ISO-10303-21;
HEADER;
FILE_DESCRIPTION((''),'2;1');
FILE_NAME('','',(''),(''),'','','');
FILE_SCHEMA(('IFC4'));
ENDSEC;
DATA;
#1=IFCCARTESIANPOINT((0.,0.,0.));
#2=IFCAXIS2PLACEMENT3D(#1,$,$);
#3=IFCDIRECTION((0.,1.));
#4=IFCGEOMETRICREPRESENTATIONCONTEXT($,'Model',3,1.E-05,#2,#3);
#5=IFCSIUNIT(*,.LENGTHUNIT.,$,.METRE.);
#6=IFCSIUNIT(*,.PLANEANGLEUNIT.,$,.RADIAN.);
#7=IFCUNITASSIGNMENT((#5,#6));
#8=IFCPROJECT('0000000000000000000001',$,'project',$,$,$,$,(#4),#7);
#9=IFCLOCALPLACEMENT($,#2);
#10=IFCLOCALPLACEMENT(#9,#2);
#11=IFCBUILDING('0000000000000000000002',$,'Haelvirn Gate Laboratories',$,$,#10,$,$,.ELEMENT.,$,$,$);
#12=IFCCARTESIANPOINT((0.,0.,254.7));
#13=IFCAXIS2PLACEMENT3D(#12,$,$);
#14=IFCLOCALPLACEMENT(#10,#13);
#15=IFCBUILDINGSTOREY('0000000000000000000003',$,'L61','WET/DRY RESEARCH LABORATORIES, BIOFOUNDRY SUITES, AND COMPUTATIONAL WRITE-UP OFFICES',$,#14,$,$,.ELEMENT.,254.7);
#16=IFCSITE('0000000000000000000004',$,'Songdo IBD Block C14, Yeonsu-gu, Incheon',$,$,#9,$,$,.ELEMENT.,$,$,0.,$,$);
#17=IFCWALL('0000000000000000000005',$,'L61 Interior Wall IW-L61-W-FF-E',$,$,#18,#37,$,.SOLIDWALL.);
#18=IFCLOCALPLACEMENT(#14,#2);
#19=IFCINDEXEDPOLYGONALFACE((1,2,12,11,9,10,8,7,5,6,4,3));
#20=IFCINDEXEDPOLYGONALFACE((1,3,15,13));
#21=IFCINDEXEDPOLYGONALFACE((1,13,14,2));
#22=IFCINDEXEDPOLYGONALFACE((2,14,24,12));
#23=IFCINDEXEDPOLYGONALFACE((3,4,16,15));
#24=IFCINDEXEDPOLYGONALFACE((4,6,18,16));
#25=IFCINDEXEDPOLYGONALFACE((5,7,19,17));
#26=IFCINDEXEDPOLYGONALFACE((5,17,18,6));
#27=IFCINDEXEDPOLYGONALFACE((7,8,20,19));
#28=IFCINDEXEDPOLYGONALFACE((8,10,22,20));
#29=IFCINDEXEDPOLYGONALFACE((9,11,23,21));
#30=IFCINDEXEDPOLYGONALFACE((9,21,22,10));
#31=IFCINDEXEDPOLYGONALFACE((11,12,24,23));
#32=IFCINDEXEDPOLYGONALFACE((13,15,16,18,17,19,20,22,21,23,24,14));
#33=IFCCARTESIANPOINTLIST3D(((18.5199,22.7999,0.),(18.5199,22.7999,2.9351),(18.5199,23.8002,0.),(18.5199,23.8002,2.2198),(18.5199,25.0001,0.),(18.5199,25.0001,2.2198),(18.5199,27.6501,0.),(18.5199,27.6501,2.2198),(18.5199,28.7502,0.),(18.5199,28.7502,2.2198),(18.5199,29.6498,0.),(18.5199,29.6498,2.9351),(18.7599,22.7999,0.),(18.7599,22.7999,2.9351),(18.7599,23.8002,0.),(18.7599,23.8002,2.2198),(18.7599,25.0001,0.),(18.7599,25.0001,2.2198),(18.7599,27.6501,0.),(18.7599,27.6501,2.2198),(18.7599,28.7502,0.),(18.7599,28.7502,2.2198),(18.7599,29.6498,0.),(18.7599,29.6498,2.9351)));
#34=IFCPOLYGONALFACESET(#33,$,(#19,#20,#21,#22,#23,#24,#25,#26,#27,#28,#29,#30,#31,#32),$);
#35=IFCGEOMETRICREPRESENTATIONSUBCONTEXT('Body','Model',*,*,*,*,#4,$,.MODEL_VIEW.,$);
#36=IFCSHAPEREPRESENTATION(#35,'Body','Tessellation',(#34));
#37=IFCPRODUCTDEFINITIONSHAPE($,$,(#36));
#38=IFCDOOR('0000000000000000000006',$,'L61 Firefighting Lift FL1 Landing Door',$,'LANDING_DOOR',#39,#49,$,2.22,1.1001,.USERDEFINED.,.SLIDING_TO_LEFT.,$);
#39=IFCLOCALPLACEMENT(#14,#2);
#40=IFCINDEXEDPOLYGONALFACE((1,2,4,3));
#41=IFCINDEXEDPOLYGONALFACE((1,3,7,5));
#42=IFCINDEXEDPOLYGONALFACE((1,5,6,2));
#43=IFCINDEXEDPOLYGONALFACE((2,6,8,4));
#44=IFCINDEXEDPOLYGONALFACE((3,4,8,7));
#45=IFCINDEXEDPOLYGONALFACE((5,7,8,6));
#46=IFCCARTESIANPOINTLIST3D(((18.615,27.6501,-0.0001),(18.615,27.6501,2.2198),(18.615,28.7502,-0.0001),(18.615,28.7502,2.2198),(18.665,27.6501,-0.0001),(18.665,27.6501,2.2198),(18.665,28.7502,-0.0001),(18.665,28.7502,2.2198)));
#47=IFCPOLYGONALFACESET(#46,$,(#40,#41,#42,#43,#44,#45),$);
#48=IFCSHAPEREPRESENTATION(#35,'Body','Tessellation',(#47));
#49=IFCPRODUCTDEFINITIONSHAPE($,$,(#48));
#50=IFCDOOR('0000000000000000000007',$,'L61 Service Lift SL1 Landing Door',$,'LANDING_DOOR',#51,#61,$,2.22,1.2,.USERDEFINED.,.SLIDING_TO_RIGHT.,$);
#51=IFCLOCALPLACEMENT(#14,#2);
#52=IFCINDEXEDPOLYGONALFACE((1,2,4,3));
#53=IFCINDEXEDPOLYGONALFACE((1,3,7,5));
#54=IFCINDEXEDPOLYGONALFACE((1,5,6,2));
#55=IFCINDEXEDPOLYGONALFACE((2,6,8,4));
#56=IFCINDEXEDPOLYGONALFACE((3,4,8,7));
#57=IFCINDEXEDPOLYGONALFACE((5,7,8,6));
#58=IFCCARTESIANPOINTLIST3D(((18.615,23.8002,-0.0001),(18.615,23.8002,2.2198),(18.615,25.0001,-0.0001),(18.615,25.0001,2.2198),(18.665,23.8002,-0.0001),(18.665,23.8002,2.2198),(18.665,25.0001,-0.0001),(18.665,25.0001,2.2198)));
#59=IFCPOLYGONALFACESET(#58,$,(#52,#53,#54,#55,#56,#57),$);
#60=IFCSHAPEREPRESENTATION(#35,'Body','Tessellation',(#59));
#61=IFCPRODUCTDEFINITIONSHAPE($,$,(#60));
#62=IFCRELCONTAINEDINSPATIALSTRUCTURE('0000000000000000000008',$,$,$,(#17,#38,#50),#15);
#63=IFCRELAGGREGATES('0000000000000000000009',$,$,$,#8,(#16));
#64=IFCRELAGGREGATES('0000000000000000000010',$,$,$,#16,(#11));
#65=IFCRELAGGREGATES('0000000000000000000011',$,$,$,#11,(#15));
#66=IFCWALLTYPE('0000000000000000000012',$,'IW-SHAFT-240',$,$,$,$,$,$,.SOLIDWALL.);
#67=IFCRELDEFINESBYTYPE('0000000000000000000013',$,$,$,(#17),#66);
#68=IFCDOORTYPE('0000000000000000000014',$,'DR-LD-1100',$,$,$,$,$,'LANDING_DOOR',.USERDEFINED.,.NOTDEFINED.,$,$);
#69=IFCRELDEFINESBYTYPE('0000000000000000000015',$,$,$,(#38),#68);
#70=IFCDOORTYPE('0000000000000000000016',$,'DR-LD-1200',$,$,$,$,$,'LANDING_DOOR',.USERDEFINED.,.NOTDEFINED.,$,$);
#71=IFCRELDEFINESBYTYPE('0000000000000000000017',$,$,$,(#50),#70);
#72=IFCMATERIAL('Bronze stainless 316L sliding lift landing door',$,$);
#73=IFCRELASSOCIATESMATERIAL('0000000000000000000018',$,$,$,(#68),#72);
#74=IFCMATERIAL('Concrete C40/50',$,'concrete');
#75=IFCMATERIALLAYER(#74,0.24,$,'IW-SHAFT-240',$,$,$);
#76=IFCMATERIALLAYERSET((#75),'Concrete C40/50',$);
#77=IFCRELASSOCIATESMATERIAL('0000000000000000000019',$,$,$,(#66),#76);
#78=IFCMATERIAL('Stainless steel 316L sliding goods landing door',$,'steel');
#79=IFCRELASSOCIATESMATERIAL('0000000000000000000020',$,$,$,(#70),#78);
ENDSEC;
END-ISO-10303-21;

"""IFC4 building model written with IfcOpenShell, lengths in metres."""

from ifc_helpers import new_model, si_unit, direction, frame, frame_2d, origin, place, context, subcontext, project, spatial, rectangle, extrude, source, transform, mapped, material, layer, layer_set, type_object, type_shapes, element, fill, save


model = new_model("IFC4")

# Units and contexts
model_context = context("Model", 3, precision=1e-05, world=origin(), true_north=direction((0.0, 1.0)))
body_context = subcontext(model_context, "Body", "Model", "MODEL_VIEW")
ifc_project = project(units=[si_unit("LENGTHUNIT", "METRE"), si_unit("PLANEANGLEUNIT", "RADIAN")], contexts=[model_context])

# Site, building, storey
site_placement = place(None, origin())
site = spatial("IfcSite", under=ifc_project, at=site_placement, Name="Songdo IBD Block C14, Yeonsu-gu, Incheon", CompositionType="ELEMENT", RefElevation=0.0)
building_placement = place(site_placement, origin())
building = spatial("IfcBuilding", under=site, at=building_placement, Name="Haelvirn Gate Laboratories", CompositionType="ELEMENT")
storey_placement = place(building_placement, frame((0.0, 0.0, 254.7)))
storey = spatial("IfcBuildingStorey", under=building, at=storey_placement, Name="L61", Description="WET/DRY RESEARCH LABORATORIES, BIOFOUNDRY SUITES, AND COMPUTATIONAL WRITE-UP OFFICES", CompositionType="ELEMENT", Elevation=254.7)

# Shared definitions
ifc_material_1 = material(Name="Concrete C40/50", Category="concrete")

# Shared definitions
ifc_material_2 = material(Name="Bronze stainless 316L sliding lift landing door")
door_type_1 = type_object("IfcDoorType", Name="DR-LD-1100", ElementType="LANDING_DOOR", OperationType="NOTDEFINED", PredefinedType="USERDEFINED", material=ifc_material_2)
shared_shape_1 = source(origin(), body_context, "Body", "SweptSolid", [
    extrude(rectangle(XDim=1.1001, YDim=2.22, at=frame_2d((0.55, 1.1099))), frame((0.0, 0.0249, 0.0), z_axis=(0.0, -1.0, 0.0), x_axis=(1.0, 0.0, 0.0)), (0.0, 0.0, 1.0), 0.05),
])
type_shapes(door_type_1, [shared_shape_1])

# Wall, openings, doors
ifc_layer_1 = layer(ifc_material_1, 0.24, Name="IW-SHAFT-240")
ifc_layer_set_1 = layer_set([ifc_layer_1], Name="Concrete C40/50")
wall_type_1 = type_object("IfcWallType", Name="IW-SHAFT-240", PredefinedType="SOLIDWALL", material=ifc_layer_set_1)
wall_1_placement = place(storey_placement, frame((18.6399, 22.8, 0.0), z_axis=(0.0, 0.0, 1.0), x_axis=(0.0, 1.0, 0.0)))
wall_1 = element("IfcWall", 1, at=wall_1_placement, inside=storey, type_object=wall_type_1, Name="L61 Interior Wall IW-L61-W-FF-E", PredefinedType="SOLIDWALL", context=body_context, shape_type="SweptSolid", body=[
    extrude(rectangle(XDim=6.8499, YDim=0.24, at=frame_2d((3.4248, 0.0))), origin(), (0.0, 0.0, 1.0), 2.9351),
])
opening_1_placement = place(wall_1_placement, frame((4.8501, 0.0, 0.0)))
opening_1 = element("IfcOpeningElement", 2, at=opening_1_placement, cuts=wall_1, PredefinedType="OPENING", context=body_context, shape_type="SweptSolid", body=[
    extrude(rectangle(XDim=1.1001, YDim=2.22, at=frame_2d((0.55, 1.1099))), frame((0.0, 0.1299, 0.0), z_axis=(0.0, -1.0, 0.0), x_axis=(1.0, 0.0, 0.0)), (0.0, 0.0, 1.0), 0.26),
])
opening_2_placement = place(wall_1_placement, frame((1.0, 0.0, 0.0)))
opening_2 = element("IfcOpeningElement", 3, at=opening_2_placement, cuts=wall_1, PredefinedType="OPENING", context=body_context, shape_type="SweptSolid", body=[
    extrude(rectangle(XDim=1.2, YDim=2.22, at=frame_2d((0.6001, 1.1099))), frame((0.0, 0.1299, 0.0), z_axis=(0.0, -1.0, 0.0), x_axis=(1.0, 0.0, 0.0)), (0.0, 0.0, 1.0), 0.26),
])
door_1_placement = place(opening_1_placement, origin())
door_1 = element("IfcDoor", 4, at=door_1_placement, inside=storey, type_object=door_type_1, Name="L61 Firefighting Lift FL1 Landing Door", ObjectType="LANDING_DOOR", OperationType="SLIDING_TO_LEFT", OverallHeight=2.22, OverallWidth=1.1001, PredefinedType="USERDEFINED", context=body_context, shape_type="MappedRepresentation", body=[
    mapped(shared_shape_1, transform((0.0, 0.0, 0.0), scale=1.0)),
])
fill(opening_1, door_1)
ifc_material_3 = material(Name="Stainless steel 316L sliding goods landing door", Category="steel")
door_type_2 = type_object("IfcDoorType", Name="DR-LD-1200", ElementType="LANDING_DOOR", OperationType="NOTDEFINED", PredefinedType="USERDEFINED", material=ifc_material_3)
shared_shape_2 = source(origin(), body_context, "Body", "SweptSolid", [
    extrude(rectangle(XDim=1.2, YDim=2.22, at=frame_2d((0.6001, 1.1099))), frame((0.0, 0.0249, 0.0), z_axis=(0.0, -1.0, 0.0), x_axis=(1.0, 0.0, 0.0)), (0.0, 0.0, 1.0), 0.05),
])
type_shapes(door_type_2, [shared_shape_2])
door_2_placement = place(opening_2_placement, origin())
door_2 = element("IfcDoor", 5, at=door_2_placement, inside=storey, type_object=door_type_2, Name="L61 Service Lift SL1 Landing Door", ObjectType="LANDING_DOOR", OperationType="SLIDING_TO_RIGHT", OverallHeight=2.22, OverallWidth=1.2, PredefinedType="USERDEFINED", context=body_context, shape_type="MappedRepresentation", body=[
    mapped(shared_shape_2, transform((0.0, 0.0, 0.0), scale=1.0)),
])
fill(opening_2, door_2)

save(model, "model.ifc")
